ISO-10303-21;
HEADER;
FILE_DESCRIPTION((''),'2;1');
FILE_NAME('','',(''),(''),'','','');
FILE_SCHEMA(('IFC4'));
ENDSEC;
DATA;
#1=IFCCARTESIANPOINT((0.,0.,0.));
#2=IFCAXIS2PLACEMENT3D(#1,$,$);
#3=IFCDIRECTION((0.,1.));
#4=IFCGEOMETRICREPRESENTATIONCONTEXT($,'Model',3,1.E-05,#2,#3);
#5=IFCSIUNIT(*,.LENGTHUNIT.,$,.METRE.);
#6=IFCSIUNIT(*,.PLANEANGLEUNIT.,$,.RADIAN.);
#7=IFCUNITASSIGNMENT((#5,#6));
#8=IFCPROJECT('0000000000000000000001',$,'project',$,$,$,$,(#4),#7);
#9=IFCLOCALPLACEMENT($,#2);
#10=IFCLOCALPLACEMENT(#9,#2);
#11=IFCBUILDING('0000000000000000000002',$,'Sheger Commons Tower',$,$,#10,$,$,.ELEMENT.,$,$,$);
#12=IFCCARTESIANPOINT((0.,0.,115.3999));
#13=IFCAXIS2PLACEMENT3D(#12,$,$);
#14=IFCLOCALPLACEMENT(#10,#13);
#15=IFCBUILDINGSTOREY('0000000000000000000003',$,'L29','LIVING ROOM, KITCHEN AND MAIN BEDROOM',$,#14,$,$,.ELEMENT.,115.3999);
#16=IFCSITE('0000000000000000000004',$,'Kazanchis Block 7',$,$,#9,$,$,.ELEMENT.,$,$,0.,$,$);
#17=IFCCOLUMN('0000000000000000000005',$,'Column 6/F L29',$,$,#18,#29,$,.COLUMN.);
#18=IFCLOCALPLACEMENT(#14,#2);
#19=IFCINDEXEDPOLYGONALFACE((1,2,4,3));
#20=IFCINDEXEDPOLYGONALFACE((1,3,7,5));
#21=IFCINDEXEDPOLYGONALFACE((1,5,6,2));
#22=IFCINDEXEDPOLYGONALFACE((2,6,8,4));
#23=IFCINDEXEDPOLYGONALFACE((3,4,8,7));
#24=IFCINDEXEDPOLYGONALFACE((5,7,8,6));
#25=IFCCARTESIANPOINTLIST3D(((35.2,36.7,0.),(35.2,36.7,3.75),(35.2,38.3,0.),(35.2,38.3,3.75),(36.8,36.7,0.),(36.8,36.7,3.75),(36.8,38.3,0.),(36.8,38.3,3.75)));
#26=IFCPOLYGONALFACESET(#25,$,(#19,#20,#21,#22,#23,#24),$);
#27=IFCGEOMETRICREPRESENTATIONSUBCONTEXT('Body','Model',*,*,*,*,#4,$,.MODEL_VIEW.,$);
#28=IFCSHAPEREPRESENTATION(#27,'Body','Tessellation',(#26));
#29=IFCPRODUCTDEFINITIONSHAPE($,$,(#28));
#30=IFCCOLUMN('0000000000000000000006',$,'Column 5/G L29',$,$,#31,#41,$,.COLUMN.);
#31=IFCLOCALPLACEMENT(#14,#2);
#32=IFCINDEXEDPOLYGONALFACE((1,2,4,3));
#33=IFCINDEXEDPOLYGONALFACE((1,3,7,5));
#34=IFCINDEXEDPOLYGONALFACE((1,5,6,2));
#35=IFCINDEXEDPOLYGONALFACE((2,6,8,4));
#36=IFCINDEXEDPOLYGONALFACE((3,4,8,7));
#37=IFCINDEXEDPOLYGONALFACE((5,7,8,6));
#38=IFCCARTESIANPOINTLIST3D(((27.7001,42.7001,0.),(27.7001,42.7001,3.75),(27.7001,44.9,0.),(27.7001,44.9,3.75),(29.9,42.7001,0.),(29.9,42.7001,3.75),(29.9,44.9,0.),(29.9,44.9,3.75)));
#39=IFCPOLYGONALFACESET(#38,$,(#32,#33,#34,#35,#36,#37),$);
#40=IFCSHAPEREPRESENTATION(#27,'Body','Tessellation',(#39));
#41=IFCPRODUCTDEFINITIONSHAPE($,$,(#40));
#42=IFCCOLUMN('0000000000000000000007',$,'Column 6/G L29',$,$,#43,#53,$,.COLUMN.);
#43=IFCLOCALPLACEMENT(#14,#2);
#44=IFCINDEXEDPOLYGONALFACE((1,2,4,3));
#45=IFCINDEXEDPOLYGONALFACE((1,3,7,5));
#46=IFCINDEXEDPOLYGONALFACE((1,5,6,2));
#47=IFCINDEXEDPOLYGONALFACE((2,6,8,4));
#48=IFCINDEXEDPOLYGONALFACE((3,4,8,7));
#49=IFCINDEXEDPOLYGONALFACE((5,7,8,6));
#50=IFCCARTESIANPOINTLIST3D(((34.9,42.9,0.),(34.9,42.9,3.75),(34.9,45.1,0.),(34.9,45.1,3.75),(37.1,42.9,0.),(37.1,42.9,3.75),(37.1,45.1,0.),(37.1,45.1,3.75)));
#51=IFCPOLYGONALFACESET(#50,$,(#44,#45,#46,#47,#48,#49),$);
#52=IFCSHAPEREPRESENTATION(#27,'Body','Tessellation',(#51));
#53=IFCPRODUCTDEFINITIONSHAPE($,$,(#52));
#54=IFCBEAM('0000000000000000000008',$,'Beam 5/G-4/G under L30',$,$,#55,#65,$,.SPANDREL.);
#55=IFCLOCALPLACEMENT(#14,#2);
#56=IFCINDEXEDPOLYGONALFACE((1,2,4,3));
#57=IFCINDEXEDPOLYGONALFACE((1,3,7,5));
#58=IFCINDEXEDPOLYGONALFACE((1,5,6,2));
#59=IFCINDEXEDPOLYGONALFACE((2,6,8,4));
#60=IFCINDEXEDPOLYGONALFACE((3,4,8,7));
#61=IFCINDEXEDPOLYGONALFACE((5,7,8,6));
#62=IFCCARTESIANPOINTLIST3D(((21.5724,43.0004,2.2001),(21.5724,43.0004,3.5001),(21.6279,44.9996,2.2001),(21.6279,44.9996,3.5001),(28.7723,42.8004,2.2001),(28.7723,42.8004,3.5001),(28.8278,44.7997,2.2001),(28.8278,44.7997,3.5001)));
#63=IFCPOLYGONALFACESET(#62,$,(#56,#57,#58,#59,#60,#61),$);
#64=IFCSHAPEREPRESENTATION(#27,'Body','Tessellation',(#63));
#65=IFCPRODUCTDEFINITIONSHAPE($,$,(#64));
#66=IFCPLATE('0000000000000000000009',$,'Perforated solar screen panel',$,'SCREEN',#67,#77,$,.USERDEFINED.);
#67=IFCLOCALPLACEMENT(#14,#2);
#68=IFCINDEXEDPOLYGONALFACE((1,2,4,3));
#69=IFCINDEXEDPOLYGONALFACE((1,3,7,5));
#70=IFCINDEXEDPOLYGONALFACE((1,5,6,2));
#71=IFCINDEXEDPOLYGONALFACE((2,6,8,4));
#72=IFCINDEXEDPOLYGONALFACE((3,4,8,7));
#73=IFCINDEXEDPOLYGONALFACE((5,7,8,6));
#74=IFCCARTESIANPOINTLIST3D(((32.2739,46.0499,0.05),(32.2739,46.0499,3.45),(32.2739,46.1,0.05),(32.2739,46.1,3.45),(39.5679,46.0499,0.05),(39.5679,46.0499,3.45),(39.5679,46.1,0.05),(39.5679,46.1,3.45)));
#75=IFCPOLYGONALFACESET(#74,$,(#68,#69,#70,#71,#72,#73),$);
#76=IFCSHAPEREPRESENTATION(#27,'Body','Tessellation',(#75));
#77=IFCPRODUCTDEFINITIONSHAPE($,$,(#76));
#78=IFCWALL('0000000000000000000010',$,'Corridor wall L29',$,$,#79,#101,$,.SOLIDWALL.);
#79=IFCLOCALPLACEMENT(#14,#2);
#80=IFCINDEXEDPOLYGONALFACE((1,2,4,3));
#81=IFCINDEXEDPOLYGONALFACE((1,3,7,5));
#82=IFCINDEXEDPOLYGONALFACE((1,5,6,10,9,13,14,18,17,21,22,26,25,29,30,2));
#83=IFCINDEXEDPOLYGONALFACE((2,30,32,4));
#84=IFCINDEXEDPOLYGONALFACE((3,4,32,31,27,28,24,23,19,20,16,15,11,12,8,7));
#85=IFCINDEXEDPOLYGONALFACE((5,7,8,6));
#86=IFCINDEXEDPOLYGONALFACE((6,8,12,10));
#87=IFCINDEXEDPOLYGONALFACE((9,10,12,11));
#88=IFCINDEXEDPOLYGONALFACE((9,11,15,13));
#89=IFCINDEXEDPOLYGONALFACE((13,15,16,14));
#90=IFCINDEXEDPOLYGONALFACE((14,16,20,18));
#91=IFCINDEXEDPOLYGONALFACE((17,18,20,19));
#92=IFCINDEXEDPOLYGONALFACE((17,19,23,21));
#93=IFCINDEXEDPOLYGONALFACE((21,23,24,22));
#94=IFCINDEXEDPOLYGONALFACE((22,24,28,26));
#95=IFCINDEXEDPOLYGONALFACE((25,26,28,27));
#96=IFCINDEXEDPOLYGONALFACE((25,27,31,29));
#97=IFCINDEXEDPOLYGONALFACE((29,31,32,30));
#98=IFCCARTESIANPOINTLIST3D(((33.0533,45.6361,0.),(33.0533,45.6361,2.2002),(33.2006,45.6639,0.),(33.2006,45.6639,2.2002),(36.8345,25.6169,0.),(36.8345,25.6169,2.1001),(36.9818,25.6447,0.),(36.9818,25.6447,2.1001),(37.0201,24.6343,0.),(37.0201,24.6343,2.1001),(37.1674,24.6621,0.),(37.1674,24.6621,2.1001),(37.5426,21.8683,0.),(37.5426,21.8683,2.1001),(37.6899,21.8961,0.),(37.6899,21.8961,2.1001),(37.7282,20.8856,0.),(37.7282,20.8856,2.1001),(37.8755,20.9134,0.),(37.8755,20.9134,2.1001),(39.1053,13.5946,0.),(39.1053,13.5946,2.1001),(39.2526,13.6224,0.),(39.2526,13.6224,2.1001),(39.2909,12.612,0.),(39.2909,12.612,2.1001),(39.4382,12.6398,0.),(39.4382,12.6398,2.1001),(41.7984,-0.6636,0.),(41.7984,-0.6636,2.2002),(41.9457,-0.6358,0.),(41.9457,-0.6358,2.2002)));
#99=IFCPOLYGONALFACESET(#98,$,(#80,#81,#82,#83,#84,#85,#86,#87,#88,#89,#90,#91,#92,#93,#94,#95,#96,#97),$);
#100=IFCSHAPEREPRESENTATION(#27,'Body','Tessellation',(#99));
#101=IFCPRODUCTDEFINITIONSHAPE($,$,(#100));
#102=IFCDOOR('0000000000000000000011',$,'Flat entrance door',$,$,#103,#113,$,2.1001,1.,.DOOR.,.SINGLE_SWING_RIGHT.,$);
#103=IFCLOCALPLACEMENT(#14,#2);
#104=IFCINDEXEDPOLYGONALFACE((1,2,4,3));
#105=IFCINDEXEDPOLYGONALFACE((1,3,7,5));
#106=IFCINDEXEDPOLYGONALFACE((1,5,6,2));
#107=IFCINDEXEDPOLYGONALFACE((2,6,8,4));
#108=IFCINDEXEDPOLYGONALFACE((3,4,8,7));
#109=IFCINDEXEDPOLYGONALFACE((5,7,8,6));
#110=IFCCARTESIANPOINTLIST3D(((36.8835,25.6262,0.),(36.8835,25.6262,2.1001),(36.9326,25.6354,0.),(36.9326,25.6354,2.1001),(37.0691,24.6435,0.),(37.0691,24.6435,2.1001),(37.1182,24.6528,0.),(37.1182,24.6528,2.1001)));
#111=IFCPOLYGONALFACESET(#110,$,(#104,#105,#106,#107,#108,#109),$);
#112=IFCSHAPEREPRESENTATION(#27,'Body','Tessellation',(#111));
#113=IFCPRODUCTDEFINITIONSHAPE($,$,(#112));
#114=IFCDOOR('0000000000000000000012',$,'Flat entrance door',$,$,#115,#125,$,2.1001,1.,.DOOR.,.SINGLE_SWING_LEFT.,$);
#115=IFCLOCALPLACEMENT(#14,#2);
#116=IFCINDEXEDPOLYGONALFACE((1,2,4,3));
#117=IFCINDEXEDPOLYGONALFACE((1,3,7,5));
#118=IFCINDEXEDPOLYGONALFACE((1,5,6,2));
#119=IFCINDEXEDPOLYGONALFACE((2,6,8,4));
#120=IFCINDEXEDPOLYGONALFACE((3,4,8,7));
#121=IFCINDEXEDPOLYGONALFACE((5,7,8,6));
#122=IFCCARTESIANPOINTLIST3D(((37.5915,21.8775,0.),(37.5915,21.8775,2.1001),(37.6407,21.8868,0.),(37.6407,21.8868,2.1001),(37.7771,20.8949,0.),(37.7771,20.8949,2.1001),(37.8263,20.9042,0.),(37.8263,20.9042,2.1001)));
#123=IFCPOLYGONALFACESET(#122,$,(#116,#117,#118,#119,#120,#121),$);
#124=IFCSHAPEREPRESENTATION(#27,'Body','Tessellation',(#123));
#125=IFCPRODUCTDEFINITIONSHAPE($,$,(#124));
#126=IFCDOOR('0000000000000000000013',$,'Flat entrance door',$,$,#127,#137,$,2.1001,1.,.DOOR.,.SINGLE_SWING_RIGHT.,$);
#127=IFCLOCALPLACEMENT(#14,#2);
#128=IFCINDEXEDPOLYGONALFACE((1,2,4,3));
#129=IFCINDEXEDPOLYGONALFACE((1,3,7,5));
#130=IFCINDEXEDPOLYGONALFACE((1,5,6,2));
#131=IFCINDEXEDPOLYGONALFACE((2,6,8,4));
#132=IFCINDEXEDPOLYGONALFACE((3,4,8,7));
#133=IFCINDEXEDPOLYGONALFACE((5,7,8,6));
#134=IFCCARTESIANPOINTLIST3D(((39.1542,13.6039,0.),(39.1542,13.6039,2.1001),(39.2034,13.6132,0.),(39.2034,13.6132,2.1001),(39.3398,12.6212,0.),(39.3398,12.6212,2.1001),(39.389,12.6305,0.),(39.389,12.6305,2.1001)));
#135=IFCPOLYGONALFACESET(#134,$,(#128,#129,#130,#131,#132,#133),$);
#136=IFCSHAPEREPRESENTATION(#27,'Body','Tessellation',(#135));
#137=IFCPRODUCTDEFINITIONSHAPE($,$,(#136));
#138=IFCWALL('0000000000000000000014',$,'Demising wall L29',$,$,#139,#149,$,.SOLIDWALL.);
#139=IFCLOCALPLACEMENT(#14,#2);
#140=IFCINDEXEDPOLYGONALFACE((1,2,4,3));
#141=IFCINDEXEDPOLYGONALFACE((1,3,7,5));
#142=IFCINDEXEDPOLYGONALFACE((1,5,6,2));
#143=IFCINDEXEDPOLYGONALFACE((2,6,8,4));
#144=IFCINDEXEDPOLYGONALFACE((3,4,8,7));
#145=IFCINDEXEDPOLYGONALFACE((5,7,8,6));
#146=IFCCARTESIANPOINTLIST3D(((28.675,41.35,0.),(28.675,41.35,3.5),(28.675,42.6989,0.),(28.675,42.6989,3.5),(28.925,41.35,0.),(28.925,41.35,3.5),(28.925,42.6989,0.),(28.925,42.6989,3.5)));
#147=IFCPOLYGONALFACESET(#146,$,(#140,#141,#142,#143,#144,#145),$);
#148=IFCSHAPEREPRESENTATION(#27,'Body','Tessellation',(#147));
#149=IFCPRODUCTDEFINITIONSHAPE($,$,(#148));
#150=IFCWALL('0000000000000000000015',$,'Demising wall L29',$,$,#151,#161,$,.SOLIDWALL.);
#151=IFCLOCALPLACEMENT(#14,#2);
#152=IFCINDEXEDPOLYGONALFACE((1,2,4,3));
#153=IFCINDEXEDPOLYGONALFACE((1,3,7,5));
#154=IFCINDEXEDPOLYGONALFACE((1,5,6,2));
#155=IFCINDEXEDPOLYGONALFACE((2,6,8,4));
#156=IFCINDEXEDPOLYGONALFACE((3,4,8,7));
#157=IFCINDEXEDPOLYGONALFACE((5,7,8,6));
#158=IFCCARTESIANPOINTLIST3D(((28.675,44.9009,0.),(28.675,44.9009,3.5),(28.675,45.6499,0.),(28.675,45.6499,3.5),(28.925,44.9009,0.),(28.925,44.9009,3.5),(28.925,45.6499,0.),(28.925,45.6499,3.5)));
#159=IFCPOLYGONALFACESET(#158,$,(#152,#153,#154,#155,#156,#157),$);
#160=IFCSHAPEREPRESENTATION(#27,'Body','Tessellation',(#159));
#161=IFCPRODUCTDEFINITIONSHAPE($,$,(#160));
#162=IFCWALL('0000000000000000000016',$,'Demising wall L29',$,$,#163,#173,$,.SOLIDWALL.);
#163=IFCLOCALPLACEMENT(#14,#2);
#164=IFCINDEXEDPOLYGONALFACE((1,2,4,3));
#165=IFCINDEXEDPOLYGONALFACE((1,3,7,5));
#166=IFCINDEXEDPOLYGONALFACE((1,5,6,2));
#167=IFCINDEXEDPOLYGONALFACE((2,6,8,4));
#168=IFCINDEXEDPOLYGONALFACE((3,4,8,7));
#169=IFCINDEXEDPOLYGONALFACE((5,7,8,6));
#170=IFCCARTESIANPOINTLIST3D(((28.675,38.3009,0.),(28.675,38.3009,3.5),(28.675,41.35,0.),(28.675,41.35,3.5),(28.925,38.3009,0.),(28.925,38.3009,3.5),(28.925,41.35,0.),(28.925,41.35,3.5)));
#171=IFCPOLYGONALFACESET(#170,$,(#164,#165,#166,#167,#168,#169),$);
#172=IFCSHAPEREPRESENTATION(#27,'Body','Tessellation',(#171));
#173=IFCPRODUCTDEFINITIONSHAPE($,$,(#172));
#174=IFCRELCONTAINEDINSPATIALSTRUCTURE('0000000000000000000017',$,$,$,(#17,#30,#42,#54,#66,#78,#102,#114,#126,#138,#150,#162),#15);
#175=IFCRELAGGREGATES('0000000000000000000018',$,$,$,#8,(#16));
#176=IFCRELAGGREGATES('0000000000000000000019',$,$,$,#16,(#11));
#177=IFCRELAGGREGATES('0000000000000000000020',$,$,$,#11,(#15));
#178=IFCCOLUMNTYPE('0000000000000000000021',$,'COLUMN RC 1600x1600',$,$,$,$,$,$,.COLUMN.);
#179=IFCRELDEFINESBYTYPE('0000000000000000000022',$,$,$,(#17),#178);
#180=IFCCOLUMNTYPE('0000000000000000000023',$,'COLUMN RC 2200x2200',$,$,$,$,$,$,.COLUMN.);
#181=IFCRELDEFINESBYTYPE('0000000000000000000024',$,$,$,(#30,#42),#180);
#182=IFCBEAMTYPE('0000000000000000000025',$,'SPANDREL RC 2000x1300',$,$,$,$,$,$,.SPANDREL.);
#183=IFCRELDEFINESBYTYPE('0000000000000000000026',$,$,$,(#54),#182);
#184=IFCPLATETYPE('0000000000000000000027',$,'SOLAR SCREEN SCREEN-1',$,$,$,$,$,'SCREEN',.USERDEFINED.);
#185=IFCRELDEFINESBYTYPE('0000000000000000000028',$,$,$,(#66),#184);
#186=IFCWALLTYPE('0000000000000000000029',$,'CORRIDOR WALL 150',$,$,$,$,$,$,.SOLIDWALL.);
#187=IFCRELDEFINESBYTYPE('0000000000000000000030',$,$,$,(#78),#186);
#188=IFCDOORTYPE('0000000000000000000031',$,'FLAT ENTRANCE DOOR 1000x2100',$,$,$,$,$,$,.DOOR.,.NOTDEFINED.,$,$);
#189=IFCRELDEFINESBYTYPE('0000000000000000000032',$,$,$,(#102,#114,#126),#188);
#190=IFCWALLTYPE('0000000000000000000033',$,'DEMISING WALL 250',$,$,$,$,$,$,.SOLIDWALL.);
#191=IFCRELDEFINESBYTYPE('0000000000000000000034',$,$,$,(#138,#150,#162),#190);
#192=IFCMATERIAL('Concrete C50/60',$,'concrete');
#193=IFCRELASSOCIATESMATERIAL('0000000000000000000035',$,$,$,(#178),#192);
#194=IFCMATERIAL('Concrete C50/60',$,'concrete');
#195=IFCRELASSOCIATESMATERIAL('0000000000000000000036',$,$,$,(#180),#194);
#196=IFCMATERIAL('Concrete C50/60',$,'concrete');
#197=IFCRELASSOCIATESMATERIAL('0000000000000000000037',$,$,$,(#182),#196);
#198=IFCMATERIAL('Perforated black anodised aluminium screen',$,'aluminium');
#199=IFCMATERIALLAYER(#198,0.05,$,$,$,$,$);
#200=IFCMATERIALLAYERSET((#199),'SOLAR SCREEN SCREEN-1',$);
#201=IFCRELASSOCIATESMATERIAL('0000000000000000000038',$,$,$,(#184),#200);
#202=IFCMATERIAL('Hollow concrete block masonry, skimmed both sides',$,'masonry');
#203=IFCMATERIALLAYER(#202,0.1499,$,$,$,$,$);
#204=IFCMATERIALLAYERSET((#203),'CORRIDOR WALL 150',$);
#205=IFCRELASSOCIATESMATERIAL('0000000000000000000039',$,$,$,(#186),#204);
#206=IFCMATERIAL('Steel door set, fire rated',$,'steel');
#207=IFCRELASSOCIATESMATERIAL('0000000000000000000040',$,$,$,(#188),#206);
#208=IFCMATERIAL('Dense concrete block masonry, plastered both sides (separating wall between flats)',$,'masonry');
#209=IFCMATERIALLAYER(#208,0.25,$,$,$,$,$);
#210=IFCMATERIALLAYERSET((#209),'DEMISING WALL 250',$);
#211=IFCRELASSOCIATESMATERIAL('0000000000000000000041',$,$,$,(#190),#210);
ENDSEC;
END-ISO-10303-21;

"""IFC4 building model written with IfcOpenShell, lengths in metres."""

from ifc_helpers import new_model, si_unit, direction, frame, frame_2d, origin, origin_2d, place, context, subcontext, project, spatial, rectangle, extrude, material, layer, layer_set, material_profile, profile_set, type_object, element, fill, save


model = new_model("IFC4")

# Units and contexts
model_context = context("Model", 3, precision=1e-05, world=origin(), true_north=direction((0.0, 1.0)))
body_context = subcontext(model_context, "Body", "Model", "MODEL_VIEW")
ifc_project = project(units=[si_unit("LENGTHUNIT", "METRE"), si_unit("PLANEANGLEUNIT", "RADIAN")], contexts=[model_context])

# Site, building, storey
site_placement = place(None, origin())
site = spatial("IfcSite", under=ifc_project, at=site_placement, Name="Kazanchis Block 7", CompositionType="ELEMENT", RefElevation=0.0)
building_placement = place(site_placement, origin())
building = spatial("IfcBuilding", under=site, at=building_placement, Name="Sheger Commons Tower", CompositionType="ELEMENT")
storey_placement = place(building_placement, frame((0.0, 0.0, 115.3999)))
storey = spatial("IfcBuildingStorey", under=building, at=storey_placement, Name="L29", Description="LIVING ROOM, KITCHEN AND MAIN BEDROOM", CompositionType="ELEMENT", Elevation=115.3999)

# Columns
ifc_material_1 = material(Name="Concrete C50/60", Category="concrete")
ifc_material_profile_1 = material_profile(ifc_material_1, rectangle(XDim=1.6001, YDim=1.6001, at=origin_2d()), Name="RC 1600x1600")
ifc_profile_set_1 = profile_set([ifc_material_profile_1], Name="Concrete C50/60")
column_type_1 = type_object("IfcColumnType", Name="COLUMN RC 1600x1600", PredefinedType="COLUMN", material=ifc_profile_set_1)
column_placement = place(storey_placement, frame((36.0, 37.5, 0.0), z_axis=(0.0, 0.0, 1.0), x_axis=(1.0, 0.0, 0.0)))
element("IfcColumn", 1, at=column_placement, inside=storey, type_object=column_type_1, Name="Column 6/F L29", PredefinedType="COLUMN", context=body_context, shape_type="SweptSolid", body=[
    extrude(rectangle(XDim=1.6001, YDim=1.6001, at=origin_2d()), origin(), (0.0, 0.0, 1.0), 3.75),
])
ifc_material_2 = material(Name="Concrete C50/60", Category="concrete")
ifc_material_profile_2 = material_profile(ifc_material_2, rectangle(XDim=2.2, YDim=2.2, at=origin_2d()), Name="RC 2200x2200")
ifc_profile_set_2 = profile_set([ifc_material_profile_2], Name="Concrete C50/60")
column_type_2 = type_object("IfcColumnType", Name="COLUMN RC 2200x2200", PredefinedType="COLUMN", material=ifc_profile_set_2)
for number, where, z_axis, x_axis, name in (
    (2, (28.8, 43.8, 0.0), (0.0, 0.0, 1.0), (1.0, 0.0, 0.0), "Column 5/G L29"),
    (3, (36.0, 44.0, 0.0), (0.0, 0.0, 1.0), (1.0, 0.0, 0.0), "Column 6/G L29"),
):
    element("IfcColumn", number, at=place(storey_placement, frame(where, z_axis=z_axis, x_axis=x_axis)), inside=storey, type_object=column_type_2, Name=name, PredefinedType="COLUMN", context=body_context, shape_type="SweptSolid", body=[
        extrude(rectangle(XDim=2.2, YDim=2.2, at=origin_2d()), origin(), (0.0, 0.0, 1.0), 3.75),
    ])

# Beam
ifc_material_3 = material(Name="Concrete C50/60", Category="concrete")
ifc_material_profile_3 = material_profile(ifc_material_3, rectangle(XDim=2.0, YDim=1.3, at=origin_2d()), Name="RC 2000x1300")
ifc_profile_set_3 = profile_set([ifc_material_profile_3], Name="Concrete C50/60")
beam_type = type_object("IfcBeamType", Name="SPANDREL RC 2000x1300", PredefinedType="SPANDREL", material=ifc_profile_set_3)
beam_placement = place(storey_placement, frame((28.8, 43.8, 2.8501), z_axis=(-0.999615, 0.02776, 0.0), x_axis=(-0.02776, -0.999615, 0.0)))
element("IfcBeam", 4, at=beam_placement, inside=storey, type_object=beam_type, Name="Beam 5/G-4/G under L30", PredefinedType="SPANDREL", context=body_context, shape_type="SweptSolid", body=[
    extrude(rectangle(XDim=2.0, YDim=1.3, at=origin_2d()), origin(), (0.0, 0.0, 1.0), 7.2026),
])

# Plate
ifc_material_4 = material(Name="Perforated black anodised aluminium screen", Category="aluminium")
ifc_layer_1 = layer(ifc_material_4, 0.05)
ifc_layer_set_1 = layer_set([ifc_layer_1], Name="SOLAR SCREEN SCREEN-1")
plate_type = type_object("IfcPlateType", Name="SOLAR SCREEN SCREEN-1", ElementType="SCREEN", PredefinedType="USERDEFINED", material=ifc_layer_set_1)
plate_placement = place(storey_placement, frame((35.9209, 46.075, 0.05), z_axis=(0.0, 0.0, 1.0), x_axis=(-1.0, 0.0, 0.0)))
element("IfcPlate", 5, at=plate_placement, inside=storey, type_object=plate_type, Name="Perforated solar screen panel", ObjectType="SCREEN", PredefinedType="USERDEFINED", context=body_context, shape_type="SweptSolid", body=[
    extrude(rectangle(XDim=7.2939, YDim=0.05, at=origin_2d()), origin(), (0.0, 0.0, 1.0), 3.3999),
])

# Wall, openings, doors
ifc_material_5 = material(Name="Hollow concrete block masonry, skimmed both sides", Category="masonry")
ifc_layer_2 = layer(ifc_material_5, 0.1499)
ifc_layer_set_2 = layer_set([ifc_layer_2], Name="CORRIDOR WALL 150")
wall_type_1 = type_object("IfcWallType", Name="CORRIDOR WALL 150", PredefinedType="SOLIDWALL", material=ifc_layer_set_2)
wall_1_placement = place(storey_placement, frame((33.127, 45.6499, 0.0), z_axis=(0.0, 0.0, 1.0), x_axis=(0.185599, -0.982626, 0.0)))
wall_1 = element("IfcWall", 6, at=wall_1_placement, inside=storey, type_object=wall_type_1, Name="Corridor wall L29", PredefinedType="SOLIDWALL", context=body_context, shape_type="SweptSolid", body=[
    extrude(rectangle(XDim=47.1184, YDim=0.1499, at=frame_2d((23.5591, 0.0))), origin(), (0.0, 0.0, 1.0), 2.2002),
])
opening_1_placement = place(wall_1_placement, frame((20.373, 0.0, 0.0)))
opening_1 = element("IfcOpeningElement", 7, at=opening_1_placement, cuts=wall_1, PredefinedType="OPENING", context=body_context, shape_type="SweptSolid", body=[
    extrude(rectangle(XDim=1.0, YDim=2.1001, at=frame_2d((0.5, 1.05))), frame((0.0, 0.085, 0.0), z_axis=(0.0, -1.0, 0.0), x_axis=(1.0, 0.0, 0.0)), (0.0, 0.0, 1.0), 0.1699),
])
opening_2_placement = place(wall_1_placement, frame((24.188, 0.0, 0.0)))
opening_2 = element("IfcOpeningElement", 8, at=opening_2_placement, cuts=wall_1, PredefinedType="OPENING", context=body_context, shape_type="SweptSolid", body=[
    extrude(rectangle(XDim=1.0, YDim=2.1001, at=frame_2d((0.5, 1.05))), frame((0.0, 0.085, 0.0), z_axis=(0.0, -1.0, 0.0), x_axis=(1.0, 0.0, 0.0)), (0.0, 0.0, 1.0), 0.1699),
])
opening_3_placement = place(wall_1_placement, frame((32.6079, 0.0, 0.0)))
opening_3 = element("IfcOpeningElement", 9, at=opening_3_placement, cuts=wall_1, PredefinedType="OPENING", context=body_context, shape_type="SweptSolid", body=[
    extrude(rectangle(XDim=1.0, YDim=2.1001, at=frame_2d((0.5, 1.05))), frame((0.0, 0.085, 0.0), z_axis=(0.0, -1.0, 0.0), x_axis=(1.0, 0.0, 0.0)), (0.0, 0.0, 1.0), 0.1699),
])
ifc_material_6 = material(Name="Steel door set, fire rated", Category="steel")
door_type_1 = type_object("IfcDoorType", Name="FLAT ENTRANCE DOOR 1000x2100", OperationType="NOTDEFINED", PredefinedType="DOOR", material=ifc_material_6)
door_1_placement = place(opening_1_placement, origin())
door_1 = element("IfcDoor", 10, at=door_1_placement, inside=storey, type_object=door_type_1, Name="Flat entrance door", OperationType="SINGLE_SWING_RIGHT", OverallHeight=2.1001, OverallWidth=1.0, PredefinedType="DOOR", context=body_context, shape_type="SweptSolid", body=[
    extrude(rectangle(XDim=1.0, YDim=2.1001, at=frame_2d((0.5, 1.05))), frame((0.0, 0.0249, 0.0), z_axis=(0.0, -1.0, 0.0), x_axis=(1.0, 0.0, 0.0)), (0.0, 0.0, 1.0), 0.05),
])
fill(opening_1, door_1)
door_2_placement = place(opening_2_placement, origin())
door_2 = element("IfcDoor", 11, at=door_2_placement, inside=storey, type_object=door_type_1, Name="Flat entrance door", OperationType="SINGLE_SWING_LEFT", OverallHeight=2.1001, OverallWidth=1.0, PredefinedType="DOOR", context=body_context, shape_type="SweptSolid", body=[
    extrude(rectangle(XDim=1.0, YDim=2.1001, at=frame_2d((0.5, 1.05))), frame((0.0, 0.0249, 0.0), z_axis=(0.0, -1.0, 0.0), x_axis=(1.0, 0.0, 0.0)), (0.0, 0.0, 1.0), 0.05),
])
fill(opening_2, door_2)
door_3_placement = place(opening_3_placement, origin())
door_3 = element("IfcDoor", 12, at=door_3_placement, inside=storey, type_object=door_type_1, Name="Flat entrance door", OperationType="SINGLE_SWING_RIGHT", OverallHeight=2.1001, OverallWidth=1.0, PredefinedType="DOOR", context=body_context, shape_type="SweptSolid", body=[
    extrude(rectangle(XDim=1.0, YDim=2.1001, at=frame_2d((0.5, 1.05))), frame((0.0, 0.0249, 0.0), z_axis=(0.0, -1.0, 0.0), x_axis=(1.0, 0.0, 0.0)), (0.0, 0.0, 1.0), 0.05),
])
fill(opening_3, door_3)

# Walls
ifc_material_7 = material(Name="Dense concrete block masonry, plastered both sides (separating wall between flats)", Category="masonry")
ifc_layer_3 = layer(ifc_material_7, 0.25)
ifc_layer_set_3 = layer_set([ifc_layer_3], Name="DEMISING WALL 250")
wall_type_2 = type_object("IfcWallType", Name="DEMISING WALL 250", PredefinedType="SOLIDWALL", material=ifc_layer_set_3)
wall_2_placement = place(storey_placement, frame((28.8, 41.3501, 0.0), z_axis=(0.0, 0.0, 1.0), x_axis=(0.0, 1.0, 0.0)))
element("IfcWall", 13, at=wall_2_placement, inside=storey, type_object=wall_type_2, Name="Demising wall L29", PredefinedType="SOLIDWALL", context=body_context, shape_type="SweptSolid", body=[
    extrude(rectangle(XDim=1.3489, YDim=0.25, at=frame_2d((0.6743, 0.0))), origin(), (0.0, 0.0, 1.0), 3.5),
])
wall_3_placement = place(storey_placement, frame((28.8, 44.9009, 0.0), z_axis=(0.0, 0.0, 1.0), x_axis=(0.0, 1.0, 0.0)))
element("IfcWall", 14, at=wall_3_placement, inside=storey, type_object=wall_type_2, Name="Demising wall L29", PredefinedType="SOLIDWALL", context=body_context, shape_type="SweptSolid", body=[
    extrude(rectangle(XDim=0.749, YDim=0.25, at=frame_2d((0.3745, 0.0))), origin(), (0.0, 0.0, 1.0), 3.5),
])
wall_4_placement = place(storey_placement, frame((28.8, 38.301, 0.0), z_axis=(0.0, 0.0, 1.0), x_axis=(0.0, 1.0, 0.0)))
element("IfcWall", 15, at=wall_4_placement, inside=storey, type_object=wall_type_2, Name="Demising wall L29", PredefinedType="SOLIDWALL", context=body_context, shape_type="SweptSolid", body=[
    extrude(rectangle(XDim=3.0491, YDim=0.25, at=frame_2d((1.5244, 0.0))), origin(), (0.0, 0.0, 1.0), 3.5),
])

save(model, "model.ifc")
